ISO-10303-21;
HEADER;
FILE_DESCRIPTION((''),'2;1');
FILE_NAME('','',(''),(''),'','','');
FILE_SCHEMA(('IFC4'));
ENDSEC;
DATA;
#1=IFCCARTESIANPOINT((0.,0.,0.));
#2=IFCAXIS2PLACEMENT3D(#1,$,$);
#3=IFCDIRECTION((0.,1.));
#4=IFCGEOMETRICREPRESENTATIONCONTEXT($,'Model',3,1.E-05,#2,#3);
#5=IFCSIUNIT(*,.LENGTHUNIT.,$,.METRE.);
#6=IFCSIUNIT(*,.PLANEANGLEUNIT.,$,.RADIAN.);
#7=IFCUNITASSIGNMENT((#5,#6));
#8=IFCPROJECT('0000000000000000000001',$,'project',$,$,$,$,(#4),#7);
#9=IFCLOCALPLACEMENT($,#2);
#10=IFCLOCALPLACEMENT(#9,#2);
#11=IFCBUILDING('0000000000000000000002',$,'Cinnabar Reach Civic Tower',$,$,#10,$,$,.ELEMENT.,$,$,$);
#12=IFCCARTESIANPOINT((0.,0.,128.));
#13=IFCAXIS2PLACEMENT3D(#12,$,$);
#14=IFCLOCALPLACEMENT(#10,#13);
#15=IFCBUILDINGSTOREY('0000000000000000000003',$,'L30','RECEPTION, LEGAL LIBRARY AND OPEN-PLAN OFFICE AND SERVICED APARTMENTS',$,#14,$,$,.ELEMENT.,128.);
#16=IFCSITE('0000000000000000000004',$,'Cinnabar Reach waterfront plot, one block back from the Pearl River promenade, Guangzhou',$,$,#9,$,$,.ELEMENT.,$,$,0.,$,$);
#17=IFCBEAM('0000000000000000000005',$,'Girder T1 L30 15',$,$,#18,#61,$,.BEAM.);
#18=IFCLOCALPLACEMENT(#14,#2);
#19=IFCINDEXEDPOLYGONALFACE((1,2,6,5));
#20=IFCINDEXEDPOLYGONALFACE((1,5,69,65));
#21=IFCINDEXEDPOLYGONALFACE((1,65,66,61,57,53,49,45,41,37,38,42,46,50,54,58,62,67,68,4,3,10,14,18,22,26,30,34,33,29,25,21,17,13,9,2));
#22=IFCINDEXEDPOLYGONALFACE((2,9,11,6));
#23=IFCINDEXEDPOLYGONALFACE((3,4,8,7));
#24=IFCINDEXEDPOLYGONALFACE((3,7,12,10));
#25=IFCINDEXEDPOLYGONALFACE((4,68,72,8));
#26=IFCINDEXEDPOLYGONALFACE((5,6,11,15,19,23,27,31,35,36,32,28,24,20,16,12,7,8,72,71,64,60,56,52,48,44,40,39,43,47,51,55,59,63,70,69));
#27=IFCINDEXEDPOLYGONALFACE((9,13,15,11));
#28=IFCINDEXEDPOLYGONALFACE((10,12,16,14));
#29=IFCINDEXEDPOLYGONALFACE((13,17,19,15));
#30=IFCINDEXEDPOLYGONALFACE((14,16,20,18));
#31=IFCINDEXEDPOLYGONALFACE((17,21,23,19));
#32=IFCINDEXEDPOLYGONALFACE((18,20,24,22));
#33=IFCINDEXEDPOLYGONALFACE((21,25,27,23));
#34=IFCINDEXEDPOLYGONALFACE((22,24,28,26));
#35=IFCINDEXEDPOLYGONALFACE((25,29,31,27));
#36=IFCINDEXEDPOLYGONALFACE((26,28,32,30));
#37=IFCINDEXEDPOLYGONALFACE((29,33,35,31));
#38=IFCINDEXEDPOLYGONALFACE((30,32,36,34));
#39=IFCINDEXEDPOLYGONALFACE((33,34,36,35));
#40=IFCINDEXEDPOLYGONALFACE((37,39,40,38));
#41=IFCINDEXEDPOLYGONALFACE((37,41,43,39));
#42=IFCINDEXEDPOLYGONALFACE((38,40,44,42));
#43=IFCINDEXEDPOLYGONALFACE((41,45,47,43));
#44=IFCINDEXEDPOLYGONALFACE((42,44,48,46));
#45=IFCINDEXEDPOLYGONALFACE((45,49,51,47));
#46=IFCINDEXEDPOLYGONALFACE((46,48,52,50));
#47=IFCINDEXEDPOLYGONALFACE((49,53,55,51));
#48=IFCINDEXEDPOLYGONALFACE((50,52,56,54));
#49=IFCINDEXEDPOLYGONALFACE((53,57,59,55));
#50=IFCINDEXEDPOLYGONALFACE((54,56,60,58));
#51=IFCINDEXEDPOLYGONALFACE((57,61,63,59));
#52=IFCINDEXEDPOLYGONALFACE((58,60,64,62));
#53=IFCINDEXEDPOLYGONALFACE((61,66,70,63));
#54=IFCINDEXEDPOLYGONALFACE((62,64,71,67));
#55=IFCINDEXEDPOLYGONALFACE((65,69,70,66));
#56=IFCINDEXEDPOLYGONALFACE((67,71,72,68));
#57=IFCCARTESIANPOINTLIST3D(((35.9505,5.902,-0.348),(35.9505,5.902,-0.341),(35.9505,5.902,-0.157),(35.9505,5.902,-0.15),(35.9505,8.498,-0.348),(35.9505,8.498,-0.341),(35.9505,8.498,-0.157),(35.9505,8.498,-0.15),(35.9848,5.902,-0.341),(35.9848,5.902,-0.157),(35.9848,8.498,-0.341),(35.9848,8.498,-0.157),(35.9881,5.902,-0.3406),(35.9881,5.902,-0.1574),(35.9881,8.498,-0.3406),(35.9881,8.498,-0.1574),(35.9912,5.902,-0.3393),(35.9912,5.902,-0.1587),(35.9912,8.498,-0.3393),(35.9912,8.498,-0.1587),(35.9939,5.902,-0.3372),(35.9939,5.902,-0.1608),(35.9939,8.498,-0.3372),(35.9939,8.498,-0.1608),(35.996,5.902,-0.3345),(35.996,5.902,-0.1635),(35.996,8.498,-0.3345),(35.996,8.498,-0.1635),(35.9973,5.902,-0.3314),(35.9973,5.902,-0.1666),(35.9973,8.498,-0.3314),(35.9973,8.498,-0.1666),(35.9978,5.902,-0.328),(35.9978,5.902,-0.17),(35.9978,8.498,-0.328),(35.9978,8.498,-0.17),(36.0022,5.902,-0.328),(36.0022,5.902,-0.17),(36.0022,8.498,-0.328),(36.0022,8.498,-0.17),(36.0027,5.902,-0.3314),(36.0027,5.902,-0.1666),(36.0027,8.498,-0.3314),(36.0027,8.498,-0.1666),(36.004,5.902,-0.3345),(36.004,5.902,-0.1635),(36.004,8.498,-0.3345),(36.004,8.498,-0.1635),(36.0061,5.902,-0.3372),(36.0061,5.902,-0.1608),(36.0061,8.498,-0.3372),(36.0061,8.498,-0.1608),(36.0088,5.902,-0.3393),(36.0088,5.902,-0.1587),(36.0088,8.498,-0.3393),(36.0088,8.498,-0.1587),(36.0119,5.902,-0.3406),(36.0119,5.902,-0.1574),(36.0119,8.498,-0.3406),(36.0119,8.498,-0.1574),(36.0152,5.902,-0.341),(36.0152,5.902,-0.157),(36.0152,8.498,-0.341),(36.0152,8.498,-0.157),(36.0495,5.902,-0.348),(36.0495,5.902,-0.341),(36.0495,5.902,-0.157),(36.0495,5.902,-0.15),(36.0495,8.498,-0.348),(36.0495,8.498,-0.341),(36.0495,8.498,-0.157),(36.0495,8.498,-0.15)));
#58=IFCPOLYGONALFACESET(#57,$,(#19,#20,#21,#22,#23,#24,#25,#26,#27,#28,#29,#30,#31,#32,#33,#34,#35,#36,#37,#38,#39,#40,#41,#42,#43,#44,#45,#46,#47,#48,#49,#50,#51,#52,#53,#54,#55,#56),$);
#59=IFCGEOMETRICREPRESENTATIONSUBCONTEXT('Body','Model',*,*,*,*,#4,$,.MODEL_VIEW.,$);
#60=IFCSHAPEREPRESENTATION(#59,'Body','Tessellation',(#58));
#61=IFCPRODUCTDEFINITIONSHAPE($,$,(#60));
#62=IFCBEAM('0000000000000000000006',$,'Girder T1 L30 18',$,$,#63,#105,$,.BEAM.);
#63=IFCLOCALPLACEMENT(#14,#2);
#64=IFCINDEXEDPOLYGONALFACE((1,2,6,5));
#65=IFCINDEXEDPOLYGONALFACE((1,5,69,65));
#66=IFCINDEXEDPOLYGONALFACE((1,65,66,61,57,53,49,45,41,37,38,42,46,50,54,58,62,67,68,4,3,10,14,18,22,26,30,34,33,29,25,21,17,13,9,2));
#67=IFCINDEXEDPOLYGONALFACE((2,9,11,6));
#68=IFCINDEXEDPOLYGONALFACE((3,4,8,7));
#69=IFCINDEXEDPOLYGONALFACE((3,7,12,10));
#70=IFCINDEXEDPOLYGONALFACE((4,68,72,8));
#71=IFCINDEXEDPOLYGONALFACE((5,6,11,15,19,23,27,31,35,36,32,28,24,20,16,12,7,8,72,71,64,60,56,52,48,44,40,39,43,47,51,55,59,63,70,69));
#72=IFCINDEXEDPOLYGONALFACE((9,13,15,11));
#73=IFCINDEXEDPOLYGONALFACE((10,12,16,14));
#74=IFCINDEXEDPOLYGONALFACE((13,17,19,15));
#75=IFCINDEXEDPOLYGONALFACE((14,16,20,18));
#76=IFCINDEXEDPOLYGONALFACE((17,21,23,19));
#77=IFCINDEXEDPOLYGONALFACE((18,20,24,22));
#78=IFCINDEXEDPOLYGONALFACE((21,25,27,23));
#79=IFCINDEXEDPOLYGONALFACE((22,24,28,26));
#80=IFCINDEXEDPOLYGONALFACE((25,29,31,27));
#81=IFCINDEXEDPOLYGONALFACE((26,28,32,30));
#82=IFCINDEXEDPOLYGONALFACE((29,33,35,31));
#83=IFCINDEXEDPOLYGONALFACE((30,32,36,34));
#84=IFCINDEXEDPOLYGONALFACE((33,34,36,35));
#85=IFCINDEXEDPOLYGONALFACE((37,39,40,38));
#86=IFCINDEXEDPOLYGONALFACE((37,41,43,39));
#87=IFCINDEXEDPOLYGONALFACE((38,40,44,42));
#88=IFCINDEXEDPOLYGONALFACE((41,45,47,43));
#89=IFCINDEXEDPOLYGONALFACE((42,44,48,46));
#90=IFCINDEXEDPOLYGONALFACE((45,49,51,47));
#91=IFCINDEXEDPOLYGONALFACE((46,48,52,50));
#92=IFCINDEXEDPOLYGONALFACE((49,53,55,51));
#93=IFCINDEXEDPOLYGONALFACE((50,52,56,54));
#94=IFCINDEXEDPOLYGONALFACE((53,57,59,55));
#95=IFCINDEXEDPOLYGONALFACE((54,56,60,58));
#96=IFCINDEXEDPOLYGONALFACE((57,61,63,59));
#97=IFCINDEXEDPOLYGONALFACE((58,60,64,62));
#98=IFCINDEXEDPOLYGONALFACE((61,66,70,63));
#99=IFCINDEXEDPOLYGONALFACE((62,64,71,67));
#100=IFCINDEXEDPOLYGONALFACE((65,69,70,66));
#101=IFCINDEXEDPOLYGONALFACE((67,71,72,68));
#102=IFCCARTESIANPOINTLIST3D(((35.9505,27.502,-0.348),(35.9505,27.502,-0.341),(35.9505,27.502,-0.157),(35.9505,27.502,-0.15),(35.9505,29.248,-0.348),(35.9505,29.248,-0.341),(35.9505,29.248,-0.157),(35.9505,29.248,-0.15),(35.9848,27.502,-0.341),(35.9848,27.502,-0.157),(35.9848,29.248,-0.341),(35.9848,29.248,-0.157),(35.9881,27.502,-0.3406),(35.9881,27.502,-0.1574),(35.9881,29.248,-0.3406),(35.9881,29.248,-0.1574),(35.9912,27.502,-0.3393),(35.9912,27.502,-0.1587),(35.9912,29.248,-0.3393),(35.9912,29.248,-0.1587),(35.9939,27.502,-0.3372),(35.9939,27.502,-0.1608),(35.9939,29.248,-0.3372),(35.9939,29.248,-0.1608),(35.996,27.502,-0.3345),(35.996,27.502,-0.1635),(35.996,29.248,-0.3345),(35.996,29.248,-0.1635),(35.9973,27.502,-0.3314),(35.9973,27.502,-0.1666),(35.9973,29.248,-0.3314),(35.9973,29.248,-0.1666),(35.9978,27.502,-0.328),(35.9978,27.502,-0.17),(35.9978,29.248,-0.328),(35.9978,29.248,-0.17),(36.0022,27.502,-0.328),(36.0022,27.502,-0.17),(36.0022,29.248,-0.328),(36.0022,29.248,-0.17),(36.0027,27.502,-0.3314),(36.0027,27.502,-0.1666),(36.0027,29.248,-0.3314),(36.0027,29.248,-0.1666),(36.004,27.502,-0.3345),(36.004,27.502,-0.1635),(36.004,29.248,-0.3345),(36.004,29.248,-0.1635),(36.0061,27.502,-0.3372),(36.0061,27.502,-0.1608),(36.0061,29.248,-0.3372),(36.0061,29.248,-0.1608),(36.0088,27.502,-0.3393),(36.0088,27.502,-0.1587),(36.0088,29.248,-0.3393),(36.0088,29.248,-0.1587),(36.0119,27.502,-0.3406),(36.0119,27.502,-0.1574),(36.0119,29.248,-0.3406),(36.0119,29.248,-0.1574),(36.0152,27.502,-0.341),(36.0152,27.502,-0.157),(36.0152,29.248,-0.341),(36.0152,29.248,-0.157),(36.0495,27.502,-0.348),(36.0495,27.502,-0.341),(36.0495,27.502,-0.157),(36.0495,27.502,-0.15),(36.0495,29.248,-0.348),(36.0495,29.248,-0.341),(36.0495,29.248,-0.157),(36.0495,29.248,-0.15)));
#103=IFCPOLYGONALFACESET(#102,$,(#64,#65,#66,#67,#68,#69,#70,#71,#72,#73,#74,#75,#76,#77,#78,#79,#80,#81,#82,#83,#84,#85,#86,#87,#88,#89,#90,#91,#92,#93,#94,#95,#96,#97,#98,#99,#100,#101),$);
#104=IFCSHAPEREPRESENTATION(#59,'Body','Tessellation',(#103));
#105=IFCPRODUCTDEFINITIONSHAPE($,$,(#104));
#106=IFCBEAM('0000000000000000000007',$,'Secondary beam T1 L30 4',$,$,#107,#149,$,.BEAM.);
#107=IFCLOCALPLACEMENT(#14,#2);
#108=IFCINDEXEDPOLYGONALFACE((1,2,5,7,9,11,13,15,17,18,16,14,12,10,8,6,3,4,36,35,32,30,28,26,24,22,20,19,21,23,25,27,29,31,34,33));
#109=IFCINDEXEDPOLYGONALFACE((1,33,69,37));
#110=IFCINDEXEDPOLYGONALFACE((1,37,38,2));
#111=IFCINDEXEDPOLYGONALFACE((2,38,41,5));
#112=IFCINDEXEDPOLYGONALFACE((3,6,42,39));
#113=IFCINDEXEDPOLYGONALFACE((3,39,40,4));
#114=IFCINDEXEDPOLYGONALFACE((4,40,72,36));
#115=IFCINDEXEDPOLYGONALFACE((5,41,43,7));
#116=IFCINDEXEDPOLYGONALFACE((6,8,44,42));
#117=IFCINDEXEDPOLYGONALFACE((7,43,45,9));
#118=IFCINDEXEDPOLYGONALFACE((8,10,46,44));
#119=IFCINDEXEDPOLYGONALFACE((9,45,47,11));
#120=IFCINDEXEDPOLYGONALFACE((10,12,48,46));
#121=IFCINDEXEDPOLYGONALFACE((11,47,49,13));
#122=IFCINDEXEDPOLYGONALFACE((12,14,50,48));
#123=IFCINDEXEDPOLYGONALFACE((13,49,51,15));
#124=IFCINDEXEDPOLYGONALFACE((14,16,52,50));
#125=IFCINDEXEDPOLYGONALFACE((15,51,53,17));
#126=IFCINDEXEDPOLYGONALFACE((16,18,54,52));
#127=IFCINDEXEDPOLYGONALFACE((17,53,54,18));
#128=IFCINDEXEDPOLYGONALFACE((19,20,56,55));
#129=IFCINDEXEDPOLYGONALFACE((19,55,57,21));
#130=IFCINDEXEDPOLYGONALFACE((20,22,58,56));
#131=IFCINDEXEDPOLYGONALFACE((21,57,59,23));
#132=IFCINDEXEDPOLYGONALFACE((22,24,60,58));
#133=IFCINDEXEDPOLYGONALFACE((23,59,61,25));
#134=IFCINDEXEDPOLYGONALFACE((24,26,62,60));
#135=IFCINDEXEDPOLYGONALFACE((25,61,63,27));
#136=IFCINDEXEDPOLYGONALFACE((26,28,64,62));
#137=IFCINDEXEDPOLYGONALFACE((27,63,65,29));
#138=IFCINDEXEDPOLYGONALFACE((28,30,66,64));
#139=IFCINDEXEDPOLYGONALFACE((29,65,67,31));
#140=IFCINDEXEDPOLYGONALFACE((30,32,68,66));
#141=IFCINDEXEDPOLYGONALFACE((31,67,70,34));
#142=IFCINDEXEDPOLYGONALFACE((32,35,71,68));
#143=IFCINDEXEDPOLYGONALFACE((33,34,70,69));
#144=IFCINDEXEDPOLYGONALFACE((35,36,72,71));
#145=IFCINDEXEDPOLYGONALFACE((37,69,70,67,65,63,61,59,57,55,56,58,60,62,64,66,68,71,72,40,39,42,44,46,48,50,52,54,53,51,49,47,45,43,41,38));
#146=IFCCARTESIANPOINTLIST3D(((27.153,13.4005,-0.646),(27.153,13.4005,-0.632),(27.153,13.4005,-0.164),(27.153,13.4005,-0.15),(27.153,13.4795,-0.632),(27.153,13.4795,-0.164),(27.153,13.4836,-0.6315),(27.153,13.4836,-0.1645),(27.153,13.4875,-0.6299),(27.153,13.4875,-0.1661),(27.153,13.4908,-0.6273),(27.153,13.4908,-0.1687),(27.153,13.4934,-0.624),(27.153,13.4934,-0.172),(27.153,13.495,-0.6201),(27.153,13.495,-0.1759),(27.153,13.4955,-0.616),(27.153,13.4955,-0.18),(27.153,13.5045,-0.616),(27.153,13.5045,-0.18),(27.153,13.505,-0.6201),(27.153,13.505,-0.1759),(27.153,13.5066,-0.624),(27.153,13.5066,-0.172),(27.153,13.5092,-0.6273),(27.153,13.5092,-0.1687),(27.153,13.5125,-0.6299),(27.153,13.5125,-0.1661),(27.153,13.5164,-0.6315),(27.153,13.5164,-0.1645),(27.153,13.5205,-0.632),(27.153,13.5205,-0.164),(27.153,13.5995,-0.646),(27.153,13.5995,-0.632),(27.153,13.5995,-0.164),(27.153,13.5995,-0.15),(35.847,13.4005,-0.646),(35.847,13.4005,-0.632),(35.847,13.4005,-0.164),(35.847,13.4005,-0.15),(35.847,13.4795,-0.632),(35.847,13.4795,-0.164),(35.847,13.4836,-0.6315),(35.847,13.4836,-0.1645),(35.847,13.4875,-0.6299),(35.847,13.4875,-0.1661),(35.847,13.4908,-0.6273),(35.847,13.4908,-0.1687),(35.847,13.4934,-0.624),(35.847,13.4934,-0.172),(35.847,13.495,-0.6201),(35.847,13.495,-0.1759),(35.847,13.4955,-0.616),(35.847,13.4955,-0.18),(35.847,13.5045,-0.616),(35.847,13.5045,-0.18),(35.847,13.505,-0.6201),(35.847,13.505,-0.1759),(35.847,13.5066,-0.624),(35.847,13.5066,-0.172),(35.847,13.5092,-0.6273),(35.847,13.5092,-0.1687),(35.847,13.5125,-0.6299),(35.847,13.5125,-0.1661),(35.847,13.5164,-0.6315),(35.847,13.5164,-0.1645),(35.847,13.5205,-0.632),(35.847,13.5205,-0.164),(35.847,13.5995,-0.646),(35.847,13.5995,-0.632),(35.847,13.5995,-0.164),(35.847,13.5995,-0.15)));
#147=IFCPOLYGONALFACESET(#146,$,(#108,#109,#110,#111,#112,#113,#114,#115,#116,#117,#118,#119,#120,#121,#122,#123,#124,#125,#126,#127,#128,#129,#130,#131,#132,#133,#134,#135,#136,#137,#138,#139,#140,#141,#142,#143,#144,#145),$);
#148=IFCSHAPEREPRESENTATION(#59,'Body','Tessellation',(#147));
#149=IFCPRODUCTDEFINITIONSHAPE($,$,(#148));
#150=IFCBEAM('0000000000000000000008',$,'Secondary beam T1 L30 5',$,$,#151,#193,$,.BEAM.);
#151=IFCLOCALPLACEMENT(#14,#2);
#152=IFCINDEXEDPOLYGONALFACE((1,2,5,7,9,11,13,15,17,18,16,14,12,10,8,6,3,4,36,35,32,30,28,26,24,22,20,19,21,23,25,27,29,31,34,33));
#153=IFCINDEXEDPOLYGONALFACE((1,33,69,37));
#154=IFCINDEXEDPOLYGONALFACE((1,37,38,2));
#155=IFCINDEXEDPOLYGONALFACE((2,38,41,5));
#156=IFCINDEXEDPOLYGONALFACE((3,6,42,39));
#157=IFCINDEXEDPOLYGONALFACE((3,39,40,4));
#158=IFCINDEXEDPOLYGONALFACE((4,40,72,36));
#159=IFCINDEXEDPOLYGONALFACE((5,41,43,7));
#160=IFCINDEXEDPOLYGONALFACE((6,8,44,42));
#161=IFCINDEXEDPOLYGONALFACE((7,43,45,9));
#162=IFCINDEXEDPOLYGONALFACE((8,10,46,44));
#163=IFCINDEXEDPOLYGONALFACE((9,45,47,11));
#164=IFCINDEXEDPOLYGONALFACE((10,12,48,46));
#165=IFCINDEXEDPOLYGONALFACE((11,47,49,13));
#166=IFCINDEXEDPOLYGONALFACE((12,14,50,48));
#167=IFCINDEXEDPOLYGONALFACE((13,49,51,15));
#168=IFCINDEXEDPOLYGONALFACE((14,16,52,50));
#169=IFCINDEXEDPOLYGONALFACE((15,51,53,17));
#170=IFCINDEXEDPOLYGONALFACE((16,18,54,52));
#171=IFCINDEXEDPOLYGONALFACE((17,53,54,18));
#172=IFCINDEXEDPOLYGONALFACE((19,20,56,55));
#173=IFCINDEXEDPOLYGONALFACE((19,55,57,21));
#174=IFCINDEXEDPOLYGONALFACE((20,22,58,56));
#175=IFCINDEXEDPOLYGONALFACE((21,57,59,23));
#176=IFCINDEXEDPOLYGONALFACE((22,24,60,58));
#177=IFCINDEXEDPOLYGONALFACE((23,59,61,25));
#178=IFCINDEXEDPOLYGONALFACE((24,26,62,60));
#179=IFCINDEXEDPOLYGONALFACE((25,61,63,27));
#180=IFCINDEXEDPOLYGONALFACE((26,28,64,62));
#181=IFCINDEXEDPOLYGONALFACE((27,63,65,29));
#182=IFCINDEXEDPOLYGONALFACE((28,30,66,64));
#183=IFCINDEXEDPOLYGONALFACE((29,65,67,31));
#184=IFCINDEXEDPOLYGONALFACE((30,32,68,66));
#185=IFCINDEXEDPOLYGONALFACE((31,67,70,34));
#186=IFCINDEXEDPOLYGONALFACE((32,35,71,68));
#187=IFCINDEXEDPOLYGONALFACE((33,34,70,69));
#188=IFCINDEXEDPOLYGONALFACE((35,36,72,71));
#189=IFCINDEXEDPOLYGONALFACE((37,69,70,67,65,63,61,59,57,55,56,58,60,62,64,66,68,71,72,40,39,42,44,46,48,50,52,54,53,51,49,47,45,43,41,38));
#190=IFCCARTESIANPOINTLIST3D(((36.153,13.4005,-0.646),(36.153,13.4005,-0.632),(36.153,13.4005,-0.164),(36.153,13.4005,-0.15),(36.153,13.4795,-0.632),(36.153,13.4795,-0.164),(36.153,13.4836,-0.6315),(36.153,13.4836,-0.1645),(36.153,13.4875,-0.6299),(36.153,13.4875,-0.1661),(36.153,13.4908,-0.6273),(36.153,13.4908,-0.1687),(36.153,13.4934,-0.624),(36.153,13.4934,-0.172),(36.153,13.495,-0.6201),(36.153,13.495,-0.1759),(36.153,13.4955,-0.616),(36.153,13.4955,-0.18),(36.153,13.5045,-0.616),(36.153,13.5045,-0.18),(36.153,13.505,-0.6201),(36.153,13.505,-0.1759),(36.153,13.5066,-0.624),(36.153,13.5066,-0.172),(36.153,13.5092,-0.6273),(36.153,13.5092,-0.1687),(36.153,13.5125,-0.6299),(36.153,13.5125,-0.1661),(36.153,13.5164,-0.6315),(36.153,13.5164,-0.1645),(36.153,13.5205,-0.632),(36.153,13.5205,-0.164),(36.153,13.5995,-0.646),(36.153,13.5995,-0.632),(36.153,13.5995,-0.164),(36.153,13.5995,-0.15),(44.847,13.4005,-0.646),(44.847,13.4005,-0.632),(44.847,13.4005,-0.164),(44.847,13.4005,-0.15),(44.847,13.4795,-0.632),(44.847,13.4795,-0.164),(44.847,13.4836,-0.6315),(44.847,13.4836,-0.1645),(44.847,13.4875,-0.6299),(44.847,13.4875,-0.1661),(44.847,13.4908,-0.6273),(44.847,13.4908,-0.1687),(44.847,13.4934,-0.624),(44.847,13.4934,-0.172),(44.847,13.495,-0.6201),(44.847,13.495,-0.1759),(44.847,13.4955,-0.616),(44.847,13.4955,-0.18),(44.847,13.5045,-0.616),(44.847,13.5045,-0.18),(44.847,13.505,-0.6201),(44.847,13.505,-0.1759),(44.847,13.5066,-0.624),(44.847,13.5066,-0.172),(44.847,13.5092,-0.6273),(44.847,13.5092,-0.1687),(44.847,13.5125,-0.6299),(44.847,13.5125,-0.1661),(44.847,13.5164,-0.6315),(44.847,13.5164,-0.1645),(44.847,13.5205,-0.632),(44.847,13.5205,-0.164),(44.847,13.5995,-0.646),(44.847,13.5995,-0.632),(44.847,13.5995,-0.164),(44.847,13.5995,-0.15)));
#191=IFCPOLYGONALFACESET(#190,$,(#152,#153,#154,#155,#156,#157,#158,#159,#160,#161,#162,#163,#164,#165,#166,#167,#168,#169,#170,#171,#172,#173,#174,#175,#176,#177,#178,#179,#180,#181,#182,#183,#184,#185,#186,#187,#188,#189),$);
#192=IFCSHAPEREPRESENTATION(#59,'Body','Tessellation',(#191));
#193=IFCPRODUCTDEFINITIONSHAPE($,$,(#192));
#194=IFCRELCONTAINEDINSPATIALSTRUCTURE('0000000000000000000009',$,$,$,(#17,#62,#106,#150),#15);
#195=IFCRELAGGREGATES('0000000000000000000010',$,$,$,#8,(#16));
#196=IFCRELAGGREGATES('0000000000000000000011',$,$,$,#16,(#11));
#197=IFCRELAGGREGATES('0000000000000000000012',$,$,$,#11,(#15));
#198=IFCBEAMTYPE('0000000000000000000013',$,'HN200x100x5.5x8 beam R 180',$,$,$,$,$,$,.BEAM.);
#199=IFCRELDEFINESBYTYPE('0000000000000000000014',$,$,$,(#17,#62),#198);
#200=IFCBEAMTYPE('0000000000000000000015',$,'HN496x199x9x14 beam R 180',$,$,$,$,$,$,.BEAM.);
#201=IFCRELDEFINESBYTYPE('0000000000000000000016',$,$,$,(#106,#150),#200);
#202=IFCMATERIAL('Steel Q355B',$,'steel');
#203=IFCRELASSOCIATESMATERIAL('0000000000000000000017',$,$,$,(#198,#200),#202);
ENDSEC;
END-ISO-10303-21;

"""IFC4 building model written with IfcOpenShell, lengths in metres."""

from ifc_helpers import new_model, si_unit, direction, frame, origin, origin_2d, place, context, subcontext, project, spatial, i_section, extrude, material, material_profile, profile_set, type_object, element, save


model = new_model("IFC4")

# Units and contexts
model_context = context("Model", 3, precision=1e-05, world=origin(), true_north=direction((0.0, 1.0)))
body_context = subcontext(model_context, "Body", "Model", "MODEL_VIEW")
ifc_project = project(units=[si_unit("LENGTHUNIT", "METRE"), si_unit("PLANEANGLEUNIT", "RADIAN")], contexts=[model_context])

# Site, building, storey
site_placement = place(None, origin())
site = spatial("IfcSite", under=ifc_project, at=site_placement, Name="Cinnabar Reach waterfront plot, one block back from the Pearl River promenade, Guangzhou", CompositionType="ELEMENT", RefElevation=0.0)
building_placement = place(site_placement, origin())
building = spatial("IfcBuilding", under=site, at=building_placement, Name="Cinnabar Reach Civic Tower", CompositionType="ELEMENT")
storey_placement = place(building_placement, frame((0.0, 0.0, 128.0)))
storey = spatial("IfcBuildingStorey", under=building, at=storey_placement, Name="L30", Description="RECEPTION, LEGAL LIBRARY AND OPEN-PLAN OFFICE AND SERVICED APARTMENTS", CompositionType="ELEMENT", Elevation=128.0)

# Beams
ifc_material_1 = material(Name="Steel Q355B", Category="steel")
ifc_material_profile_1 = material_profile(ifc_material_1, i_section(OverallWidth=0.099, OverallDepth=0.198, WebThickness=0.0045, FlangeThickness=0.007, FilletRadius=0.013, at=origin_2d()), Name="HN200x100x5.5x8")
ifc_profile_set_1 = profile_set([ifc_material_profile_1], Name="Steel Q355B")
beam_type_1 = type_object("IfcBeamType", Name="HN200x100x5.5x8 beam R 180", PredefinedType="BEAM", material=ifc_profile_set_1)
for number, where, z_axis, x_axis, name in (
    (1, (36.0, 5.902, -0.249), (0.0, 1.0, 0.0), (-1.0, 0.0, 0.0), "Girder T1 L30 15"),
):
    element("IfcBeam", number, at=place(storey_placement, frame(where, z_axis=z_axis, x_axis=x_axis)), inside=storey, type_object=beam_type_1, Name=name, PredefinedType="BEAM", context=body_context, shape_type="SweptSolid", body=[
        extrude(i_section(OverallWidth=0.099, OverallDepth=0.198, WebThickness=0.0045, FlangeThickness=0.007, FilletRadius=0.013, at=origin_2d()), origin(), (0.0, 0.0, 1.0), 2.596),
    ])
beam_1_placement = place(storey_placement, frame((36.0, 27.502, -0.249), z_axis=(0.0, 1.0, 0.0), x_axis=(-1.0, 0.0, 0.0)))
element("IfcBeam", 2, at=beam_1_placement, inside=storey, type_object=beam_type_1, Name="Girder T1 L30 18", PredefinedType="BEAM", context=body_context, shape_type="SweptSolid", body=[
    extrude(i_section(OverallWidth=0.099, OverallDepth=0.198, WebThickness=0.0045, FlangeThickness=0.007, FilletRadius=0.013, at=origin_2d()), origin(), (0.0, 0.0, 1.0), 1.746),
])
ifc_material_profile_2 = material_profile(ifc_material_1, i_section(OverallWidth=0.199, OverallDepth=0.496, WebThickness=0.009, FlangeThickness=0.014, FilletRadius=0.016, at=origin_2d()), Name="HN496x199x9x14")
ifc_profile_set_2 = profile_set([ifc_material_profile_2], Name="Steel Q355B")
beam_type_2 = type_object("IfcBeamType", Name="HN496x199x9x14 beam R 180", PredefinedType="BEAM", material=ifc_profile_set_2)
for number, where, z_axis, x_axis, name in (
    (3, (27.153, 13.5, -0.398), (1.0, 0.0, 0.0), (0.0, 1.0, 0.0), "Secondary beam T1 L30 4"),
    (4, (36.153, 13.5, -0.398), (1.0, 0.0, 0.0), (0.0, 1.0, 0.0), "Secondary beam T1 L30 5"),
):
    element("IfcBeam", number, at=place(storey_placement, frame(where, z_axis=z_axis, x_axis=x_axis)), inside=storey, type_object=beam_type_2, Name=name, PredefinedType="BEAM", context=body_context, shape_type="SweptSolid", body=[
        extrude(i_section(OverallWidth=0.199, OverallDepth=0.496, WebThickness=0.009, FlangeThickness=0.014, FilletRadius=0.016, at=origin_2d()), origin(), (0.0, 0.0, 1.0), 8.694),
    ])

save(model, "model.ifc")
